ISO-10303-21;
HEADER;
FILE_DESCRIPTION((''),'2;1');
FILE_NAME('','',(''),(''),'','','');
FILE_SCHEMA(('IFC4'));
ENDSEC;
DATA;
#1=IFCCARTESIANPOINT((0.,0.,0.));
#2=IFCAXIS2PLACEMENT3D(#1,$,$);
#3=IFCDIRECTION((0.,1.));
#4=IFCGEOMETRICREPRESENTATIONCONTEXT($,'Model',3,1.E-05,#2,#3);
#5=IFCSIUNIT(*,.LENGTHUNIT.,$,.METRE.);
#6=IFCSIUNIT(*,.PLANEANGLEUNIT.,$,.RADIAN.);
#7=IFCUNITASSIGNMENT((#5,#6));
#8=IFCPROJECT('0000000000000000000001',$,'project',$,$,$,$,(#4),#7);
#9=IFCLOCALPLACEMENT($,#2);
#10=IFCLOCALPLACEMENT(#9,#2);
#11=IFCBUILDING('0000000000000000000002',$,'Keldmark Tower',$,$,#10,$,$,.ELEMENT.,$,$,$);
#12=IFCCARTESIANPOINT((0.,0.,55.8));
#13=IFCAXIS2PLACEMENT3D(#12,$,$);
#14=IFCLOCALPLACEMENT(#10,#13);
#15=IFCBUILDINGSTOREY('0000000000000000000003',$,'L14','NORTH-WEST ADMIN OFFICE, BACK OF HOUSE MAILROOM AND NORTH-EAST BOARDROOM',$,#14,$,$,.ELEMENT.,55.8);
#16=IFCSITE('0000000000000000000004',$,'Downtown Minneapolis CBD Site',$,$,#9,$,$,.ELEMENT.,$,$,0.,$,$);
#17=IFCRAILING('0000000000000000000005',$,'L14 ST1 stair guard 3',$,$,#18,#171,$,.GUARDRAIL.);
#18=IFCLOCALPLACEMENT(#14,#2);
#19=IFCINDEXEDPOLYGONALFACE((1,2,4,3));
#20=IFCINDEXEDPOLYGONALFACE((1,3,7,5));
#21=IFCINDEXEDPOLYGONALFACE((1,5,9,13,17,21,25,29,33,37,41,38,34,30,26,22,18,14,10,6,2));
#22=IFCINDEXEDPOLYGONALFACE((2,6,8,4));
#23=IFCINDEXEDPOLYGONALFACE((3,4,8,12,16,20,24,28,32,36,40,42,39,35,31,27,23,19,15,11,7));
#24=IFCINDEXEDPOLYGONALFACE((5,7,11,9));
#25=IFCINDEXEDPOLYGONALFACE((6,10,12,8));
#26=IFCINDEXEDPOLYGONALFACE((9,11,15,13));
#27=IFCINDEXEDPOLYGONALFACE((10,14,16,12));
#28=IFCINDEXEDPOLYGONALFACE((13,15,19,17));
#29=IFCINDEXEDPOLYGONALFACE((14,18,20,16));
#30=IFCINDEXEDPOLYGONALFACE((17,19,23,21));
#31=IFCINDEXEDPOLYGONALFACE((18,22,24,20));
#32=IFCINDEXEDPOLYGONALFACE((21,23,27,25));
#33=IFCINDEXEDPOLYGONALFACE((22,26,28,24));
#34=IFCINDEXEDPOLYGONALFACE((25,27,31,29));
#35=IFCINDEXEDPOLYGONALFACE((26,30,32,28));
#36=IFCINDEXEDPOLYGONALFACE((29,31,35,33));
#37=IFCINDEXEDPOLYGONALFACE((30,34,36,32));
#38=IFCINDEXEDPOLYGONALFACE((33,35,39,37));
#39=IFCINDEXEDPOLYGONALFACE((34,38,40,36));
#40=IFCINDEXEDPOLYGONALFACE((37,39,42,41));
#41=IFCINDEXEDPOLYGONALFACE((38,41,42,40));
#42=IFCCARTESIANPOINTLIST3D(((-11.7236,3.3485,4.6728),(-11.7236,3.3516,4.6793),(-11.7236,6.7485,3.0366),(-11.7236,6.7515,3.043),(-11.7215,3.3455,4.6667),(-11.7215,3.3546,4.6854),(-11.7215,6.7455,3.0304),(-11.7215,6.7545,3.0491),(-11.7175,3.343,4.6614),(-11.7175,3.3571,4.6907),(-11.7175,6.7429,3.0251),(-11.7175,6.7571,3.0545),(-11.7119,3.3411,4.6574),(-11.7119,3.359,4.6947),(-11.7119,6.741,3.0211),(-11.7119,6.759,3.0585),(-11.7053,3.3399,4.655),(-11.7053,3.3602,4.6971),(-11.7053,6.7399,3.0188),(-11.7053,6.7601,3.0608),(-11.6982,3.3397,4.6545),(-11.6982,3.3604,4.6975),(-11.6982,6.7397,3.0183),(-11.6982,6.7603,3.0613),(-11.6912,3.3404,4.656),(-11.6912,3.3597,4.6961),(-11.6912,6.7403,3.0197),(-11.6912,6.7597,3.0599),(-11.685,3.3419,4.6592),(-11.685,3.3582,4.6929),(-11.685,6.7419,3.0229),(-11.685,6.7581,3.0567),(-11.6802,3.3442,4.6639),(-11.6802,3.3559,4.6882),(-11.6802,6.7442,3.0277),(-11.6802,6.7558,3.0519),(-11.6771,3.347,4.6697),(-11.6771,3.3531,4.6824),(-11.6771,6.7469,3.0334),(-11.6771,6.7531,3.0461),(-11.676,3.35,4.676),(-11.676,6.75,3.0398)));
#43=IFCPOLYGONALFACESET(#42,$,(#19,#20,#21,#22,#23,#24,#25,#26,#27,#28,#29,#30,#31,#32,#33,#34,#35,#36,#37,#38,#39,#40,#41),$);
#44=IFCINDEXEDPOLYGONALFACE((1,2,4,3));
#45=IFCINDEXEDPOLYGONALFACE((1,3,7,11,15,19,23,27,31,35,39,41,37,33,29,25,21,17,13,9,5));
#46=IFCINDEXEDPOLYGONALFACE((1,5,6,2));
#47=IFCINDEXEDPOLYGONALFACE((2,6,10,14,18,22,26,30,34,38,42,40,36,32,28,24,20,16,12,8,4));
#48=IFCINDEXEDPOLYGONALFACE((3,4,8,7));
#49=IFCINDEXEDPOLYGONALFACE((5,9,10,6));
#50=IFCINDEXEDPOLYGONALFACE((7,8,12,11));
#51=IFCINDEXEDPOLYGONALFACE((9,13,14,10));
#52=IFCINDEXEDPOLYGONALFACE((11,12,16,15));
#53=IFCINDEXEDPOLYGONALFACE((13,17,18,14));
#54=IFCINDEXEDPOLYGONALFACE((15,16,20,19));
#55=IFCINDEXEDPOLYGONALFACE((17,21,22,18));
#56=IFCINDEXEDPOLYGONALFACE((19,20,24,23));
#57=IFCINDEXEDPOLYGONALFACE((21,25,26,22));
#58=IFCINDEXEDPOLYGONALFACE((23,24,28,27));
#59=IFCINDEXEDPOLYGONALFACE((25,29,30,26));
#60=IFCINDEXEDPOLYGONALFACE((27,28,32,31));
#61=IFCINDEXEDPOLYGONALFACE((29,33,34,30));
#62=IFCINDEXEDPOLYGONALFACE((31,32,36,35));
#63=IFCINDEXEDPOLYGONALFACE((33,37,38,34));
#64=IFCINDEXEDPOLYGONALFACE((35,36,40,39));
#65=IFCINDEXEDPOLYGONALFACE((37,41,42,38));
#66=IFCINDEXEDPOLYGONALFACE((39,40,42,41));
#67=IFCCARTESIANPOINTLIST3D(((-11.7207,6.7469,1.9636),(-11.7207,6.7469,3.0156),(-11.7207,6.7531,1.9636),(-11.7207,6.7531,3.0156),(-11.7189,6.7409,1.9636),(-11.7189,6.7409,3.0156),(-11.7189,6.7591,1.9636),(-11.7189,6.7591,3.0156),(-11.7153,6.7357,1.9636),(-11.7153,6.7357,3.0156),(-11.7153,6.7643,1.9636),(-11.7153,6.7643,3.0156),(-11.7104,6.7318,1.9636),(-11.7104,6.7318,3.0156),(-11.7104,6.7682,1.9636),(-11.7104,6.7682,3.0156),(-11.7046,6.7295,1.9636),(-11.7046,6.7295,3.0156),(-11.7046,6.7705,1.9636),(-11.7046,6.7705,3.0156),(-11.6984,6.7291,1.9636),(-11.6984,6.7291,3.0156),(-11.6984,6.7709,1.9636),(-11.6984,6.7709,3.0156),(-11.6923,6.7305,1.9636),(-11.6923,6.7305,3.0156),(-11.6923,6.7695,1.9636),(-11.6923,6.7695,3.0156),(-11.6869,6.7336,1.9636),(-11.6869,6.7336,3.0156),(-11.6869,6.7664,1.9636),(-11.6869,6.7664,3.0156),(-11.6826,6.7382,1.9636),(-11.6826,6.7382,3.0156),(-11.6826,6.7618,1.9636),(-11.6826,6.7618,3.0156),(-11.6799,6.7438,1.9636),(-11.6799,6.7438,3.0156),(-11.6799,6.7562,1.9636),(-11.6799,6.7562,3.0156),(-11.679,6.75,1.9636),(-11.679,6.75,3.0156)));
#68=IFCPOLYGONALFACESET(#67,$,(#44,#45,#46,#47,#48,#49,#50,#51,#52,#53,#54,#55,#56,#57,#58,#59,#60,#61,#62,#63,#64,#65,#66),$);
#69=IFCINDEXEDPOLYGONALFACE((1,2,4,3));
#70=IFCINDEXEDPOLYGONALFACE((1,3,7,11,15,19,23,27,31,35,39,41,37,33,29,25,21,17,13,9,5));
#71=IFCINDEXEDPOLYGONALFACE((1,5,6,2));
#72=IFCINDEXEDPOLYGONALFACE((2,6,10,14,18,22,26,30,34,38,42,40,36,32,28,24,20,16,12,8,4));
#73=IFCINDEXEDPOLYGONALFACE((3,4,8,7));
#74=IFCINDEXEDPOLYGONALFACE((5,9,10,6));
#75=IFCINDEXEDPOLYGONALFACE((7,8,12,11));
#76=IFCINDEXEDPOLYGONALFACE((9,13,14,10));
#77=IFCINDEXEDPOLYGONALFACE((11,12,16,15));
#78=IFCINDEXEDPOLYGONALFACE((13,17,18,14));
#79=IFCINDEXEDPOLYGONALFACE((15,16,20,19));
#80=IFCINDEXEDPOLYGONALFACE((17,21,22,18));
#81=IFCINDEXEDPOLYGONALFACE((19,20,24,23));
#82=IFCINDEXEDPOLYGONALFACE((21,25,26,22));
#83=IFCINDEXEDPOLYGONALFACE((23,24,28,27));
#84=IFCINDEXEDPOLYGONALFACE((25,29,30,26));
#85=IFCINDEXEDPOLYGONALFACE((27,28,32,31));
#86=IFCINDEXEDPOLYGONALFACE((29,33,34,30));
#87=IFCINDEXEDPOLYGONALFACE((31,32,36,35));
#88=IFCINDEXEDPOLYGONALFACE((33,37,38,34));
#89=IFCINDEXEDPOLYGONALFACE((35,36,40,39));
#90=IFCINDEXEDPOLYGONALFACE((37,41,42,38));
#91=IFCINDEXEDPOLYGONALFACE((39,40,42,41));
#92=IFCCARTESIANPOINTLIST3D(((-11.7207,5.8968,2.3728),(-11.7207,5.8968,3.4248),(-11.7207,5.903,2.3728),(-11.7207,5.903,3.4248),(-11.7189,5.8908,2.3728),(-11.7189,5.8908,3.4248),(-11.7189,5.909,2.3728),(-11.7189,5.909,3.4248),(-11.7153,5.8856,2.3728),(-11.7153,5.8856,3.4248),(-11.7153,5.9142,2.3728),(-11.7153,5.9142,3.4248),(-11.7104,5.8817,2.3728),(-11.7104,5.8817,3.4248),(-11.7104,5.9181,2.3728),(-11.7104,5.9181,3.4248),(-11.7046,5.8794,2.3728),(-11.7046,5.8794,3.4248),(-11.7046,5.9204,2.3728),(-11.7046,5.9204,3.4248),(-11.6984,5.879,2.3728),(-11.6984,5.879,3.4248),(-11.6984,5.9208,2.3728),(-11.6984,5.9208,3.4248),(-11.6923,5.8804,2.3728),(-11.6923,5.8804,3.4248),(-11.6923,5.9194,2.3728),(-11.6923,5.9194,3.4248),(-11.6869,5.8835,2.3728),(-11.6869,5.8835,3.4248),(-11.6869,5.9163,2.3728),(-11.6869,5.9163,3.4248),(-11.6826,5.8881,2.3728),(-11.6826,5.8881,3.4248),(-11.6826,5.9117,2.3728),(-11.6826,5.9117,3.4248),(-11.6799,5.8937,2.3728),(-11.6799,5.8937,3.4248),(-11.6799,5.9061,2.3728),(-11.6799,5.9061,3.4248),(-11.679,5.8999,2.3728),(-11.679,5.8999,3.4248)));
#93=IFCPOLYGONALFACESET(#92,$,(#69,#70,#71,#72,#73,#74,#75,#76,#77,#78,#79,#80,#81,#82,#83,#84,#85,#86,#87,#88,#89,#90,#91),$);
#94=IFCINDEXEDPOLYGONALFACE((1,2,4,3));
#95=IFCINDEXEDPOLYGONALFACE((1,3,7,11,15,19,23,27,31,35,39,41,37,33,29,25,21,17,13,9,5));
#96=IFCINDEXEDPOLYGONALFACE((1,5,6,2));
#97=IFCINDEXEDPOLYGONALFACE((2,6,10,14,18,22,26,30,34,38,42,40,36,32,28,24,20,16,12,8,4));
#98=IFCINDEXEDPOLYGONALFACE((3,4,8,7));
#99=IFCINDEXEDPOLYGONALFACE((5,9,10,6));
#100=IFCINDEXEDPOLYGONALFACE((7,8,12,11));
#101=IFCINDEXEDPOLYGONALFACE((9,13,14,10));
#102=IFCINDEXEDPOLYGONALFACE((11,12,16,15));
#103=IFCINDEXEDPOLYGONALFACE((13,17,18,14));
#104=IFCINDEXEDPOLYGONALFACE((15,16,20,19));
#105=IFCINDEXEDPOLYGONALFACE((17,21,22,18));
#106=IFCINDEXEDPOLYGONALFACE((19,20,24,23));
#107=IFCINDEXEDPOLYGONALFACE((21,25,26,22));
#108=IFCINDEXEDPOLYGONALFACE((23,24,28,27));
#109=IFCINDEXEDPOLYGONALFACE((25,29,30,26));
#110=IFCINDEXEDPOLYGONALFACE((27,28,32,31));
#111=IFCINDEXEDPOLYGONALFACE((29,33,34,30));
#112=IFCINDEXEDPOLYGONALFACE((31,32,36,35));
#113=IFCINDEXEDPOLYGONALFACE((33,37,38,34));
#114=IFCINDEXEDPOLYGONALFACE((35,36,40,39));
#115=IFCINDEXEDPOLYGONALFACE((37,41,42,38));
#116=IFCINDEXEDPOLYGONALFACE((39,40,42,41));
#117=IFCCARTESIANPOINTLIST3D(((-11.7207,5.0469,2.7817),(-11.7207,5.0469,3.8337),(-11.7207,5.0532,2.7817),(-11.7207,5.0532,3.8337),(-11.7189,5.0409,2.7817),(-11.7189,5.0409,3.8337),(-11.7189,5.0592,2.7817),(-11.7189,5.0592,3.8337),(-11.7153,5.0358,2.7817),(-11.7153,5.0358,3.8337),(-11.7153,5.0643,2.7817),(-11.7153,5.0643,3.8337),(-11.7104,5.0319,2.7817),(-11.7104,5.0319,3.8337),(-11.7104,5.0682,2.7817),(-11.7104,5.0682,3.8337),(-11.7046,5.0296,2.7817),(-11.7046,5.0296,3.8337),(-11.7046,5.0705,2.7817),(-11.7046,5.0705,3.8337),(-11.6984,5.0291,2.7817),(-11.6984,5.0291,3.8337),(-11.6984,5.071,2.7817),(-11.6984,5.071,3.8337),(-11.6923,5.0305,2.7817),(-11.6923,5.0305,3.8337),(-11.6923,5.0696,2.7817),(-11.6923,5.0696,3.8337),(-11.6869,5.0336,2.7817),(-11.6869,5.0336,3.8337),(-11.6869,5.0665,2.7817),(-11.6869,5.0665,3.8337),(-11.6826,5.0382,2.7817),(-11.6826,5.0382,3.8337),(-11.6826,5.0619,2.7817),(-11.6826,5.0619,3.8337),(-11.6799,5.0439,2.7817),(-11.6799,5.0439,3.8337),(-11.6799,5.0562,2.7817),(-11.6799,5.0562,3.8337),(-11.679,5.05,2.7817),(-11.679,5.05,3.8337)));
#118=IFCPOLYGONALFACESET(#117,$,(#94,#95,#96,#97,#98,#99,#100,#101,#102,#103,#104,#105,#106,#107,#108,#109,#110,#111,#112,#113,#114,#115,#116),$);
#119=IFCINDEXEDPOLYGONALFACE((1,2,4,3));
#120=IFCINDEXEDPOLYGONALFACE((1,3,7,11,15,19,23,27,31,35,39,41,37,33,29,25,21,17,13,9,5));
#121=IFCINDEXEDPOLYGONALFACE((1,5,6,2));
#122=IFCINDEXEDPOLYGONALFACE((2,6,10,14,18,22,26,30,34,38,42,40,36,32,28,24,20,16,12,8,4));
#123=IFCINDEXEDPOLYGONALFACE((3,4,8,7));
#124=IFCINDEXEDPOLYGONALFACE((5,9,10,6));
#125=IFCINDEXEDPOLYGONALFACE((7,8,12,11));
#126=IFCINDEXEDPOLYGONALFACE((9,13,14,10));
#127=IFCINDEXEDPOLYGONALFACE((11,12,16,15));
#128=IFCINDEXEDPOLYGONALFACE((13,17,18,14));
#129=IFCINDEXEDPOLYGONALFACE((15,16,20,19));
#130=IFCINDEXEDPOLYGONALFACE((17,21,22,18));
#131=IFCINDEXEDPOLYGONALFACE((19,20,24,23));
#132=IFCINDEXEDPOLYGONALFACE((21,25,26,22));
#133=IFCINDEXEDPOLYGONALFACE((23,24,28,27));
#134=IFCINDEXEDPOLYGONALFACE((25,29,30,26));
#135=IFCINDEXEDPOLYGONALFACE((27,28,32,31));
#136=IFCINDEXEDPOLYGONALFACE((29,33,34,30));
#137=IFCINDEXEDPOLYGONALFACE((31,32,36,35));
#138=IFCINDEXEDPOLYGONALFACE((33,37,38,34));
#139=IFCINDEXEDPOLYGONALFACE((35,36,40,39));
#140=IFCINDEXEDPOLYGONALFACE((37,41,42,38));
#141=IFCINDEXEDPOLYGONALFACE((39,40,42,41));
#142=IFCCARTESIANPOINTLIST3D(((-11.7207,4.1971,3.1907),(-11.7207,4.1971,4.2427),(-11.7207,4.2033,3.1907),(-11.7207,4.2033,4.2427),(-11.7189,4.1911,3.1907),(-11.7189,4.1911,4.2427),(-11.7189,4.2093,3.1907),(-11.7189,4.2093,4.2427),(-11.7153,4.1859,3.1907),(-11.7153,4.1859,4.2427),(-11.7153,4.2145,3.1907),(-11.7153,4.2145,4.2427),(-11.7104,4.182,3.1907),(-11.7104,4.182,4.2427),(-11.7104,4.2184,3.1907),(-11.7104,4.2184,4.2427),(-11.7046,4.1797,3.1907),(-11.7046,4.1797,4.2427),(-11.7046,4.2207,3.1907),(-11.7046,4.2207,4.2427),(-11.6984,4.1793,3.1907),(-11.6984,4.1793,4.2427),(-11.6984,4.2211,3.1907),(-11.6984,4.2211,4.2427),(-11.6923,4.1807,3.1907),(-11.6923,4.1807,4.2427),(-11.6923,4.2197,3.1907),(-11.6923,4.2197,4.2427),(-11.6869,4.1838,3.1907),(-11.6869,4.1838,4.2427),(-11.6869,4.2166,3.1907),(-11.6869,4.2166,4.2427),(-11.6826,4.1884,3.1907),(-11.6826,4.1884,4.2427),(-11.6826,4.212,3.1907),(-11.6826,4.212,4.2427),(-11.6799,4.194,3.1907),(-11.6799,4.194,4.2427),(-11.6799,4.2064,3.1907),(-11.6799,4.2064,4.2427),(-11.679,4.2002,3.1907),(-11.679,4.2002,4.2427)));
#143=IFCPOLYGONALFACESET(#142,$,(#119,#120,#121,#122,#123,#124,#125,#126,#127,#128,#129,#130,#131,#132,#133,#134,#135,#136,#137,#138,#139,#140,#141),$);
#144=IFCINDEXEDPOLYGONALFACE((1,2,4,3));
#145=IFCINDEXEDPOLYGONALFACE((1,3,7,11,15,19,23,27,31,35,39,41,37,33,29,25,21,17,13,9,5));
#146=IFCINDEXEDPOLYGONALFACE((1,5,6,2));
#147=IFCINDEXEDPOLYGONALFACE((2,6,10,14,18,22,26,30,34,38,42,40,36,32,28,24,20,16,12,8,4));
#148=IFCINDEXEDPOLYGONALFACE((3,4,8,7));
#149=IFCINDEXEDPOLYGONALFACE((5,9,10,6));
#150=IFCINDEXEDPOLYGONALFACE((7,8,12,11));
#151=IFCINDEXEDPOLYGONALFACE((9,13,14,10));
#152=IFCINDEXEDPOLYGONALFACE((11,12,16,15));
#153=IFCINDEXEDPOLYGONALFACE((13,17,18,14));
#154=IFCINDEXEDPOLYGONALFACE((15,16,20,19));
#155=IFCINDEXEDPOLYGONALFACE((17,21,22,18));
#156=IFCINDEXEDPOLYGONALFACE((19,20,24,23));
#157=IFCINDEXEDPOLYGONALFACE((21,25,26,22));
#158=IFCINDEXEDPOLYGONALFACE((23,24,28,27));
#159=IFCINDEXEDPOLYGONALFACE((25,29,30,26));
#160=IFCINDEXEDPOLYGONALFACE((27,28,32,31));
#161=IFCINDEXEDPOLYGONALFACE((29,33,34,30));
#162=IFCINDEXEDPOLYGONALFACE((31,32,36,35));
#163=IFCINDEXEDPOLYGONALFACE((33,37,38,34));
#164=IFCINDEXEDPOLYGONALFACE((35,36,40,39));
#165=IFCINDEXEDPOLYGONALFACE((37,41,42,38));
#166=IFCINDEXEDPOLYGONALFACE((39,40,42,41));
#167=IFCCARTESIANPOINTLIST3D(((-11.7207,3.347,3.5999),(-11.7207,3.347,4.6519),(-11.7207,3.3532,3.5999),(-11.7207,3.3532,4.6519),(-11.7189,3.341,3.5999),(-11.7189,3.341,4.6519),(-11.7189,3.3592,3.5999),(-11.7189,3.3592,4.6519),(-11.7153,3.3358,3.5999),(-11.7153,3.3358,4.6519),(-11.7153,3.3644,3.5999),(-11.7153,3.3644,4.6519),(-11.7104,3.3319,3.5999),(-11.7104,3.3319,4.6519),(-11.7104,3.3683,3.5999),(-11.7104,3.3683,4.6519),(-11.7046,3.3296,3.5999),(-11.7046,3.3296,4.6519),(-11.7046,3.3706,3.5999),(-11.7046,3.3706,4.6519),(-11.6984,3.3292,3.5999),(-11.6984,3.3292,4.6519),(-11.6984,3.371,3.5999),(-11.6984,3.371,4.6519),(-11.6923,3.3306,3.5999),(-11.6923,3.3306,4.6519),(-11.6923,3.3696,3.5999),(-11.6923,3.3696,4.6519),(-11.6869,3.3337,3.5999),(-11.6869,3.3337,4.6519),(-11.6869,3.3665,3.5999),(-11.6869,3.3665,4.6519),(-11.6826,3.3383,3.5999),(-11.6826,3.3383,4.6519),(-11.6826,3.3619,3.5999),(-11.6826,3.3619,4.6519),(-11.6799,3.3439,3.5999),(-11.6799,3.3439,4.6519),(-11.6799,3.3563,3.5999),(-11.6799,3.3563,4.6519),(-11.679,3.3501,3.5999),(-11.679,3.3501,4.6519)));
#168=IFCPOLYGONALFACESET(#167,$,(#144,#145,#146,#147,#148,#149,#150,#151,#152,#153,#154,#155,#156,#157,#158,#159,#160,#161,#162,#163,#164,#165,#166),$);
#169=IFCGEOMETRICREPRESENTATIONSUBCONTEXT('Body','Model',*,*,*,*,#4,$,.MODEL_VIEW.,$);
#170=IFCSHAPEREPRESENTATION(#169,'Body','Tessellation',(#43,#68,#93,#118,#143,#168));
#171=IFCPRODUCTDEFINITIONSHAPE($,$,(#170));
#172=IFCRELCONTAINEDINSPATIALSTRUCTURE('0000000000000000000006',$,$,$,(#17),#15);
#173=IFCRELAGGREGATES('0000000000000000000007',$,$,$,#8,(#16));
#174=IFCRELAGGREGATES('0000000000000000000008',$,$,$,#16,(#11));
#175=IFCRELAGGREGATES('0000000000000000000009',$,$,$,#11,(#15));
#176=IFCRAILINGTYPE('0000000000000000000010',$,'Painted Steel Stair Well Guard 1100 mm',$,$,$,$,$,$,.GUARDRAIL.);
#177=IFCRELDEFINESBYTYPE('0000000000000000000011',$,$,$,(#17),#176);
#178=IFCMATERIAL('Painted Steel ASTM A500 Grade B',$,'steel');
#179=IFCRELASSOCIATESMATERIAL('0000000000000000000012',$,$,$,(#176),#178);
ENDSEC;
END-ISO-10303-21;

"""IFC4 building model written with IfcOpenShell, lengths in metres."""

from ifc_helpers import new_model, si_unit, direction, frame, origin, origin_2d, place, context, subcontext, project, spatial, circle, extrude, material, type_object, element, save


model = new_model("IFC4")

# Units and contexts
model_context = context("Model", 3, precision=1e-05, world=origin(), true_north=direction((0.0, 1.0)))
body_context = subcontext(model_context, "Body", "Model", "MODEL_VIEW")
ifc_project = project(units=[si_unit("LENGTHUNIT", "METRE"), si_unit("PLANEANGLEUNIT", "RADIAN")], contexts=[model_context])

# Site, building, storey
site_placement = place(None, origin())
site = spatial("IfcSite", under=ifc_project, at=site_placement, Name="Downtown Minneapolis CBD Site", CompositionType="ELEMENT", RefElevation=0.0)
building_placement = place(site_placement, origin())
building = spatial("IfcBuilding", under=site, at=building_placement, Name="Keldmark Tower", CompositionType="ELEMENT")
storey_placement = place(building_placement, frame((0.0, 0.0, 55.8)))
storey = spatial("IfcBuildingStorey", under=building, at=storey_placement, Name="L14", Description="NORTH-WEST ADMIN OFFICE, BACK OF HOUSE MAILROOM AND NORTH-EAST BOARDROOM", CompositionType="ELEMENT", Elevation=55.8)

# Railing
ifc_material_1 = material(Name="Painted Steel ASTM A500 Grade B", Category="steel")
railing_type_1 = type_object("IfcRailingType", Name="Painted Steel Stair Well Guard 1100 mm", PredefinedType="GUARDRAIL", material=ifc_material_1)
railing_1_placement = place(storey_placement, frame((-11.7, 6.75, 1.9636)))
element("IfcRailing", 1, at=railing_1_placement, inside=storey, type_object=railing_type_1, Name="L14 ST1 stair guard 3", PredefinedType="GUARDRAIL", context=body_context, shape_type="SweptSolid", body=[
    extrude(circle(Radius=0.0239, at=origin_2d()), frame((0.0, 0.0, 1.0762), z_axis=(0.0, -0.90108, 0.433652), x_axis=(1.0, 0.0, 0.0)), (0.0, 0.0, 1.0), 3.7732),
    extrude(circle(Radius=0.021, at=origin_2d()), origin(), (0.0, 0.0, 1.0), 1.052),
    extrude(circle(Radius=0.021, at=origin_2d()), frame((0.0, -0.8501, 0.4092)), (0.0, 0.0, 1.0), 1.052),
    extrude(circle(Radius=0.021, at=origin_2d()), frame((0.0, -1.7, 0.8181)), (0.0, 0.0, 1.0), 1.052),
    extrude(circle(Radius=0.021, at=origin_2d()), frame((0.0, -2.5498, 1.2271)), (0.0, 0.0, 1.0), 1.052),
    extrude(circle(Radius=0.021, at=origin_2d()), frame((0.0, -3.3999, 1.6362)), (0.0, 0.0, 1.0), 1.052),
])

save(model, "model.ifc")
